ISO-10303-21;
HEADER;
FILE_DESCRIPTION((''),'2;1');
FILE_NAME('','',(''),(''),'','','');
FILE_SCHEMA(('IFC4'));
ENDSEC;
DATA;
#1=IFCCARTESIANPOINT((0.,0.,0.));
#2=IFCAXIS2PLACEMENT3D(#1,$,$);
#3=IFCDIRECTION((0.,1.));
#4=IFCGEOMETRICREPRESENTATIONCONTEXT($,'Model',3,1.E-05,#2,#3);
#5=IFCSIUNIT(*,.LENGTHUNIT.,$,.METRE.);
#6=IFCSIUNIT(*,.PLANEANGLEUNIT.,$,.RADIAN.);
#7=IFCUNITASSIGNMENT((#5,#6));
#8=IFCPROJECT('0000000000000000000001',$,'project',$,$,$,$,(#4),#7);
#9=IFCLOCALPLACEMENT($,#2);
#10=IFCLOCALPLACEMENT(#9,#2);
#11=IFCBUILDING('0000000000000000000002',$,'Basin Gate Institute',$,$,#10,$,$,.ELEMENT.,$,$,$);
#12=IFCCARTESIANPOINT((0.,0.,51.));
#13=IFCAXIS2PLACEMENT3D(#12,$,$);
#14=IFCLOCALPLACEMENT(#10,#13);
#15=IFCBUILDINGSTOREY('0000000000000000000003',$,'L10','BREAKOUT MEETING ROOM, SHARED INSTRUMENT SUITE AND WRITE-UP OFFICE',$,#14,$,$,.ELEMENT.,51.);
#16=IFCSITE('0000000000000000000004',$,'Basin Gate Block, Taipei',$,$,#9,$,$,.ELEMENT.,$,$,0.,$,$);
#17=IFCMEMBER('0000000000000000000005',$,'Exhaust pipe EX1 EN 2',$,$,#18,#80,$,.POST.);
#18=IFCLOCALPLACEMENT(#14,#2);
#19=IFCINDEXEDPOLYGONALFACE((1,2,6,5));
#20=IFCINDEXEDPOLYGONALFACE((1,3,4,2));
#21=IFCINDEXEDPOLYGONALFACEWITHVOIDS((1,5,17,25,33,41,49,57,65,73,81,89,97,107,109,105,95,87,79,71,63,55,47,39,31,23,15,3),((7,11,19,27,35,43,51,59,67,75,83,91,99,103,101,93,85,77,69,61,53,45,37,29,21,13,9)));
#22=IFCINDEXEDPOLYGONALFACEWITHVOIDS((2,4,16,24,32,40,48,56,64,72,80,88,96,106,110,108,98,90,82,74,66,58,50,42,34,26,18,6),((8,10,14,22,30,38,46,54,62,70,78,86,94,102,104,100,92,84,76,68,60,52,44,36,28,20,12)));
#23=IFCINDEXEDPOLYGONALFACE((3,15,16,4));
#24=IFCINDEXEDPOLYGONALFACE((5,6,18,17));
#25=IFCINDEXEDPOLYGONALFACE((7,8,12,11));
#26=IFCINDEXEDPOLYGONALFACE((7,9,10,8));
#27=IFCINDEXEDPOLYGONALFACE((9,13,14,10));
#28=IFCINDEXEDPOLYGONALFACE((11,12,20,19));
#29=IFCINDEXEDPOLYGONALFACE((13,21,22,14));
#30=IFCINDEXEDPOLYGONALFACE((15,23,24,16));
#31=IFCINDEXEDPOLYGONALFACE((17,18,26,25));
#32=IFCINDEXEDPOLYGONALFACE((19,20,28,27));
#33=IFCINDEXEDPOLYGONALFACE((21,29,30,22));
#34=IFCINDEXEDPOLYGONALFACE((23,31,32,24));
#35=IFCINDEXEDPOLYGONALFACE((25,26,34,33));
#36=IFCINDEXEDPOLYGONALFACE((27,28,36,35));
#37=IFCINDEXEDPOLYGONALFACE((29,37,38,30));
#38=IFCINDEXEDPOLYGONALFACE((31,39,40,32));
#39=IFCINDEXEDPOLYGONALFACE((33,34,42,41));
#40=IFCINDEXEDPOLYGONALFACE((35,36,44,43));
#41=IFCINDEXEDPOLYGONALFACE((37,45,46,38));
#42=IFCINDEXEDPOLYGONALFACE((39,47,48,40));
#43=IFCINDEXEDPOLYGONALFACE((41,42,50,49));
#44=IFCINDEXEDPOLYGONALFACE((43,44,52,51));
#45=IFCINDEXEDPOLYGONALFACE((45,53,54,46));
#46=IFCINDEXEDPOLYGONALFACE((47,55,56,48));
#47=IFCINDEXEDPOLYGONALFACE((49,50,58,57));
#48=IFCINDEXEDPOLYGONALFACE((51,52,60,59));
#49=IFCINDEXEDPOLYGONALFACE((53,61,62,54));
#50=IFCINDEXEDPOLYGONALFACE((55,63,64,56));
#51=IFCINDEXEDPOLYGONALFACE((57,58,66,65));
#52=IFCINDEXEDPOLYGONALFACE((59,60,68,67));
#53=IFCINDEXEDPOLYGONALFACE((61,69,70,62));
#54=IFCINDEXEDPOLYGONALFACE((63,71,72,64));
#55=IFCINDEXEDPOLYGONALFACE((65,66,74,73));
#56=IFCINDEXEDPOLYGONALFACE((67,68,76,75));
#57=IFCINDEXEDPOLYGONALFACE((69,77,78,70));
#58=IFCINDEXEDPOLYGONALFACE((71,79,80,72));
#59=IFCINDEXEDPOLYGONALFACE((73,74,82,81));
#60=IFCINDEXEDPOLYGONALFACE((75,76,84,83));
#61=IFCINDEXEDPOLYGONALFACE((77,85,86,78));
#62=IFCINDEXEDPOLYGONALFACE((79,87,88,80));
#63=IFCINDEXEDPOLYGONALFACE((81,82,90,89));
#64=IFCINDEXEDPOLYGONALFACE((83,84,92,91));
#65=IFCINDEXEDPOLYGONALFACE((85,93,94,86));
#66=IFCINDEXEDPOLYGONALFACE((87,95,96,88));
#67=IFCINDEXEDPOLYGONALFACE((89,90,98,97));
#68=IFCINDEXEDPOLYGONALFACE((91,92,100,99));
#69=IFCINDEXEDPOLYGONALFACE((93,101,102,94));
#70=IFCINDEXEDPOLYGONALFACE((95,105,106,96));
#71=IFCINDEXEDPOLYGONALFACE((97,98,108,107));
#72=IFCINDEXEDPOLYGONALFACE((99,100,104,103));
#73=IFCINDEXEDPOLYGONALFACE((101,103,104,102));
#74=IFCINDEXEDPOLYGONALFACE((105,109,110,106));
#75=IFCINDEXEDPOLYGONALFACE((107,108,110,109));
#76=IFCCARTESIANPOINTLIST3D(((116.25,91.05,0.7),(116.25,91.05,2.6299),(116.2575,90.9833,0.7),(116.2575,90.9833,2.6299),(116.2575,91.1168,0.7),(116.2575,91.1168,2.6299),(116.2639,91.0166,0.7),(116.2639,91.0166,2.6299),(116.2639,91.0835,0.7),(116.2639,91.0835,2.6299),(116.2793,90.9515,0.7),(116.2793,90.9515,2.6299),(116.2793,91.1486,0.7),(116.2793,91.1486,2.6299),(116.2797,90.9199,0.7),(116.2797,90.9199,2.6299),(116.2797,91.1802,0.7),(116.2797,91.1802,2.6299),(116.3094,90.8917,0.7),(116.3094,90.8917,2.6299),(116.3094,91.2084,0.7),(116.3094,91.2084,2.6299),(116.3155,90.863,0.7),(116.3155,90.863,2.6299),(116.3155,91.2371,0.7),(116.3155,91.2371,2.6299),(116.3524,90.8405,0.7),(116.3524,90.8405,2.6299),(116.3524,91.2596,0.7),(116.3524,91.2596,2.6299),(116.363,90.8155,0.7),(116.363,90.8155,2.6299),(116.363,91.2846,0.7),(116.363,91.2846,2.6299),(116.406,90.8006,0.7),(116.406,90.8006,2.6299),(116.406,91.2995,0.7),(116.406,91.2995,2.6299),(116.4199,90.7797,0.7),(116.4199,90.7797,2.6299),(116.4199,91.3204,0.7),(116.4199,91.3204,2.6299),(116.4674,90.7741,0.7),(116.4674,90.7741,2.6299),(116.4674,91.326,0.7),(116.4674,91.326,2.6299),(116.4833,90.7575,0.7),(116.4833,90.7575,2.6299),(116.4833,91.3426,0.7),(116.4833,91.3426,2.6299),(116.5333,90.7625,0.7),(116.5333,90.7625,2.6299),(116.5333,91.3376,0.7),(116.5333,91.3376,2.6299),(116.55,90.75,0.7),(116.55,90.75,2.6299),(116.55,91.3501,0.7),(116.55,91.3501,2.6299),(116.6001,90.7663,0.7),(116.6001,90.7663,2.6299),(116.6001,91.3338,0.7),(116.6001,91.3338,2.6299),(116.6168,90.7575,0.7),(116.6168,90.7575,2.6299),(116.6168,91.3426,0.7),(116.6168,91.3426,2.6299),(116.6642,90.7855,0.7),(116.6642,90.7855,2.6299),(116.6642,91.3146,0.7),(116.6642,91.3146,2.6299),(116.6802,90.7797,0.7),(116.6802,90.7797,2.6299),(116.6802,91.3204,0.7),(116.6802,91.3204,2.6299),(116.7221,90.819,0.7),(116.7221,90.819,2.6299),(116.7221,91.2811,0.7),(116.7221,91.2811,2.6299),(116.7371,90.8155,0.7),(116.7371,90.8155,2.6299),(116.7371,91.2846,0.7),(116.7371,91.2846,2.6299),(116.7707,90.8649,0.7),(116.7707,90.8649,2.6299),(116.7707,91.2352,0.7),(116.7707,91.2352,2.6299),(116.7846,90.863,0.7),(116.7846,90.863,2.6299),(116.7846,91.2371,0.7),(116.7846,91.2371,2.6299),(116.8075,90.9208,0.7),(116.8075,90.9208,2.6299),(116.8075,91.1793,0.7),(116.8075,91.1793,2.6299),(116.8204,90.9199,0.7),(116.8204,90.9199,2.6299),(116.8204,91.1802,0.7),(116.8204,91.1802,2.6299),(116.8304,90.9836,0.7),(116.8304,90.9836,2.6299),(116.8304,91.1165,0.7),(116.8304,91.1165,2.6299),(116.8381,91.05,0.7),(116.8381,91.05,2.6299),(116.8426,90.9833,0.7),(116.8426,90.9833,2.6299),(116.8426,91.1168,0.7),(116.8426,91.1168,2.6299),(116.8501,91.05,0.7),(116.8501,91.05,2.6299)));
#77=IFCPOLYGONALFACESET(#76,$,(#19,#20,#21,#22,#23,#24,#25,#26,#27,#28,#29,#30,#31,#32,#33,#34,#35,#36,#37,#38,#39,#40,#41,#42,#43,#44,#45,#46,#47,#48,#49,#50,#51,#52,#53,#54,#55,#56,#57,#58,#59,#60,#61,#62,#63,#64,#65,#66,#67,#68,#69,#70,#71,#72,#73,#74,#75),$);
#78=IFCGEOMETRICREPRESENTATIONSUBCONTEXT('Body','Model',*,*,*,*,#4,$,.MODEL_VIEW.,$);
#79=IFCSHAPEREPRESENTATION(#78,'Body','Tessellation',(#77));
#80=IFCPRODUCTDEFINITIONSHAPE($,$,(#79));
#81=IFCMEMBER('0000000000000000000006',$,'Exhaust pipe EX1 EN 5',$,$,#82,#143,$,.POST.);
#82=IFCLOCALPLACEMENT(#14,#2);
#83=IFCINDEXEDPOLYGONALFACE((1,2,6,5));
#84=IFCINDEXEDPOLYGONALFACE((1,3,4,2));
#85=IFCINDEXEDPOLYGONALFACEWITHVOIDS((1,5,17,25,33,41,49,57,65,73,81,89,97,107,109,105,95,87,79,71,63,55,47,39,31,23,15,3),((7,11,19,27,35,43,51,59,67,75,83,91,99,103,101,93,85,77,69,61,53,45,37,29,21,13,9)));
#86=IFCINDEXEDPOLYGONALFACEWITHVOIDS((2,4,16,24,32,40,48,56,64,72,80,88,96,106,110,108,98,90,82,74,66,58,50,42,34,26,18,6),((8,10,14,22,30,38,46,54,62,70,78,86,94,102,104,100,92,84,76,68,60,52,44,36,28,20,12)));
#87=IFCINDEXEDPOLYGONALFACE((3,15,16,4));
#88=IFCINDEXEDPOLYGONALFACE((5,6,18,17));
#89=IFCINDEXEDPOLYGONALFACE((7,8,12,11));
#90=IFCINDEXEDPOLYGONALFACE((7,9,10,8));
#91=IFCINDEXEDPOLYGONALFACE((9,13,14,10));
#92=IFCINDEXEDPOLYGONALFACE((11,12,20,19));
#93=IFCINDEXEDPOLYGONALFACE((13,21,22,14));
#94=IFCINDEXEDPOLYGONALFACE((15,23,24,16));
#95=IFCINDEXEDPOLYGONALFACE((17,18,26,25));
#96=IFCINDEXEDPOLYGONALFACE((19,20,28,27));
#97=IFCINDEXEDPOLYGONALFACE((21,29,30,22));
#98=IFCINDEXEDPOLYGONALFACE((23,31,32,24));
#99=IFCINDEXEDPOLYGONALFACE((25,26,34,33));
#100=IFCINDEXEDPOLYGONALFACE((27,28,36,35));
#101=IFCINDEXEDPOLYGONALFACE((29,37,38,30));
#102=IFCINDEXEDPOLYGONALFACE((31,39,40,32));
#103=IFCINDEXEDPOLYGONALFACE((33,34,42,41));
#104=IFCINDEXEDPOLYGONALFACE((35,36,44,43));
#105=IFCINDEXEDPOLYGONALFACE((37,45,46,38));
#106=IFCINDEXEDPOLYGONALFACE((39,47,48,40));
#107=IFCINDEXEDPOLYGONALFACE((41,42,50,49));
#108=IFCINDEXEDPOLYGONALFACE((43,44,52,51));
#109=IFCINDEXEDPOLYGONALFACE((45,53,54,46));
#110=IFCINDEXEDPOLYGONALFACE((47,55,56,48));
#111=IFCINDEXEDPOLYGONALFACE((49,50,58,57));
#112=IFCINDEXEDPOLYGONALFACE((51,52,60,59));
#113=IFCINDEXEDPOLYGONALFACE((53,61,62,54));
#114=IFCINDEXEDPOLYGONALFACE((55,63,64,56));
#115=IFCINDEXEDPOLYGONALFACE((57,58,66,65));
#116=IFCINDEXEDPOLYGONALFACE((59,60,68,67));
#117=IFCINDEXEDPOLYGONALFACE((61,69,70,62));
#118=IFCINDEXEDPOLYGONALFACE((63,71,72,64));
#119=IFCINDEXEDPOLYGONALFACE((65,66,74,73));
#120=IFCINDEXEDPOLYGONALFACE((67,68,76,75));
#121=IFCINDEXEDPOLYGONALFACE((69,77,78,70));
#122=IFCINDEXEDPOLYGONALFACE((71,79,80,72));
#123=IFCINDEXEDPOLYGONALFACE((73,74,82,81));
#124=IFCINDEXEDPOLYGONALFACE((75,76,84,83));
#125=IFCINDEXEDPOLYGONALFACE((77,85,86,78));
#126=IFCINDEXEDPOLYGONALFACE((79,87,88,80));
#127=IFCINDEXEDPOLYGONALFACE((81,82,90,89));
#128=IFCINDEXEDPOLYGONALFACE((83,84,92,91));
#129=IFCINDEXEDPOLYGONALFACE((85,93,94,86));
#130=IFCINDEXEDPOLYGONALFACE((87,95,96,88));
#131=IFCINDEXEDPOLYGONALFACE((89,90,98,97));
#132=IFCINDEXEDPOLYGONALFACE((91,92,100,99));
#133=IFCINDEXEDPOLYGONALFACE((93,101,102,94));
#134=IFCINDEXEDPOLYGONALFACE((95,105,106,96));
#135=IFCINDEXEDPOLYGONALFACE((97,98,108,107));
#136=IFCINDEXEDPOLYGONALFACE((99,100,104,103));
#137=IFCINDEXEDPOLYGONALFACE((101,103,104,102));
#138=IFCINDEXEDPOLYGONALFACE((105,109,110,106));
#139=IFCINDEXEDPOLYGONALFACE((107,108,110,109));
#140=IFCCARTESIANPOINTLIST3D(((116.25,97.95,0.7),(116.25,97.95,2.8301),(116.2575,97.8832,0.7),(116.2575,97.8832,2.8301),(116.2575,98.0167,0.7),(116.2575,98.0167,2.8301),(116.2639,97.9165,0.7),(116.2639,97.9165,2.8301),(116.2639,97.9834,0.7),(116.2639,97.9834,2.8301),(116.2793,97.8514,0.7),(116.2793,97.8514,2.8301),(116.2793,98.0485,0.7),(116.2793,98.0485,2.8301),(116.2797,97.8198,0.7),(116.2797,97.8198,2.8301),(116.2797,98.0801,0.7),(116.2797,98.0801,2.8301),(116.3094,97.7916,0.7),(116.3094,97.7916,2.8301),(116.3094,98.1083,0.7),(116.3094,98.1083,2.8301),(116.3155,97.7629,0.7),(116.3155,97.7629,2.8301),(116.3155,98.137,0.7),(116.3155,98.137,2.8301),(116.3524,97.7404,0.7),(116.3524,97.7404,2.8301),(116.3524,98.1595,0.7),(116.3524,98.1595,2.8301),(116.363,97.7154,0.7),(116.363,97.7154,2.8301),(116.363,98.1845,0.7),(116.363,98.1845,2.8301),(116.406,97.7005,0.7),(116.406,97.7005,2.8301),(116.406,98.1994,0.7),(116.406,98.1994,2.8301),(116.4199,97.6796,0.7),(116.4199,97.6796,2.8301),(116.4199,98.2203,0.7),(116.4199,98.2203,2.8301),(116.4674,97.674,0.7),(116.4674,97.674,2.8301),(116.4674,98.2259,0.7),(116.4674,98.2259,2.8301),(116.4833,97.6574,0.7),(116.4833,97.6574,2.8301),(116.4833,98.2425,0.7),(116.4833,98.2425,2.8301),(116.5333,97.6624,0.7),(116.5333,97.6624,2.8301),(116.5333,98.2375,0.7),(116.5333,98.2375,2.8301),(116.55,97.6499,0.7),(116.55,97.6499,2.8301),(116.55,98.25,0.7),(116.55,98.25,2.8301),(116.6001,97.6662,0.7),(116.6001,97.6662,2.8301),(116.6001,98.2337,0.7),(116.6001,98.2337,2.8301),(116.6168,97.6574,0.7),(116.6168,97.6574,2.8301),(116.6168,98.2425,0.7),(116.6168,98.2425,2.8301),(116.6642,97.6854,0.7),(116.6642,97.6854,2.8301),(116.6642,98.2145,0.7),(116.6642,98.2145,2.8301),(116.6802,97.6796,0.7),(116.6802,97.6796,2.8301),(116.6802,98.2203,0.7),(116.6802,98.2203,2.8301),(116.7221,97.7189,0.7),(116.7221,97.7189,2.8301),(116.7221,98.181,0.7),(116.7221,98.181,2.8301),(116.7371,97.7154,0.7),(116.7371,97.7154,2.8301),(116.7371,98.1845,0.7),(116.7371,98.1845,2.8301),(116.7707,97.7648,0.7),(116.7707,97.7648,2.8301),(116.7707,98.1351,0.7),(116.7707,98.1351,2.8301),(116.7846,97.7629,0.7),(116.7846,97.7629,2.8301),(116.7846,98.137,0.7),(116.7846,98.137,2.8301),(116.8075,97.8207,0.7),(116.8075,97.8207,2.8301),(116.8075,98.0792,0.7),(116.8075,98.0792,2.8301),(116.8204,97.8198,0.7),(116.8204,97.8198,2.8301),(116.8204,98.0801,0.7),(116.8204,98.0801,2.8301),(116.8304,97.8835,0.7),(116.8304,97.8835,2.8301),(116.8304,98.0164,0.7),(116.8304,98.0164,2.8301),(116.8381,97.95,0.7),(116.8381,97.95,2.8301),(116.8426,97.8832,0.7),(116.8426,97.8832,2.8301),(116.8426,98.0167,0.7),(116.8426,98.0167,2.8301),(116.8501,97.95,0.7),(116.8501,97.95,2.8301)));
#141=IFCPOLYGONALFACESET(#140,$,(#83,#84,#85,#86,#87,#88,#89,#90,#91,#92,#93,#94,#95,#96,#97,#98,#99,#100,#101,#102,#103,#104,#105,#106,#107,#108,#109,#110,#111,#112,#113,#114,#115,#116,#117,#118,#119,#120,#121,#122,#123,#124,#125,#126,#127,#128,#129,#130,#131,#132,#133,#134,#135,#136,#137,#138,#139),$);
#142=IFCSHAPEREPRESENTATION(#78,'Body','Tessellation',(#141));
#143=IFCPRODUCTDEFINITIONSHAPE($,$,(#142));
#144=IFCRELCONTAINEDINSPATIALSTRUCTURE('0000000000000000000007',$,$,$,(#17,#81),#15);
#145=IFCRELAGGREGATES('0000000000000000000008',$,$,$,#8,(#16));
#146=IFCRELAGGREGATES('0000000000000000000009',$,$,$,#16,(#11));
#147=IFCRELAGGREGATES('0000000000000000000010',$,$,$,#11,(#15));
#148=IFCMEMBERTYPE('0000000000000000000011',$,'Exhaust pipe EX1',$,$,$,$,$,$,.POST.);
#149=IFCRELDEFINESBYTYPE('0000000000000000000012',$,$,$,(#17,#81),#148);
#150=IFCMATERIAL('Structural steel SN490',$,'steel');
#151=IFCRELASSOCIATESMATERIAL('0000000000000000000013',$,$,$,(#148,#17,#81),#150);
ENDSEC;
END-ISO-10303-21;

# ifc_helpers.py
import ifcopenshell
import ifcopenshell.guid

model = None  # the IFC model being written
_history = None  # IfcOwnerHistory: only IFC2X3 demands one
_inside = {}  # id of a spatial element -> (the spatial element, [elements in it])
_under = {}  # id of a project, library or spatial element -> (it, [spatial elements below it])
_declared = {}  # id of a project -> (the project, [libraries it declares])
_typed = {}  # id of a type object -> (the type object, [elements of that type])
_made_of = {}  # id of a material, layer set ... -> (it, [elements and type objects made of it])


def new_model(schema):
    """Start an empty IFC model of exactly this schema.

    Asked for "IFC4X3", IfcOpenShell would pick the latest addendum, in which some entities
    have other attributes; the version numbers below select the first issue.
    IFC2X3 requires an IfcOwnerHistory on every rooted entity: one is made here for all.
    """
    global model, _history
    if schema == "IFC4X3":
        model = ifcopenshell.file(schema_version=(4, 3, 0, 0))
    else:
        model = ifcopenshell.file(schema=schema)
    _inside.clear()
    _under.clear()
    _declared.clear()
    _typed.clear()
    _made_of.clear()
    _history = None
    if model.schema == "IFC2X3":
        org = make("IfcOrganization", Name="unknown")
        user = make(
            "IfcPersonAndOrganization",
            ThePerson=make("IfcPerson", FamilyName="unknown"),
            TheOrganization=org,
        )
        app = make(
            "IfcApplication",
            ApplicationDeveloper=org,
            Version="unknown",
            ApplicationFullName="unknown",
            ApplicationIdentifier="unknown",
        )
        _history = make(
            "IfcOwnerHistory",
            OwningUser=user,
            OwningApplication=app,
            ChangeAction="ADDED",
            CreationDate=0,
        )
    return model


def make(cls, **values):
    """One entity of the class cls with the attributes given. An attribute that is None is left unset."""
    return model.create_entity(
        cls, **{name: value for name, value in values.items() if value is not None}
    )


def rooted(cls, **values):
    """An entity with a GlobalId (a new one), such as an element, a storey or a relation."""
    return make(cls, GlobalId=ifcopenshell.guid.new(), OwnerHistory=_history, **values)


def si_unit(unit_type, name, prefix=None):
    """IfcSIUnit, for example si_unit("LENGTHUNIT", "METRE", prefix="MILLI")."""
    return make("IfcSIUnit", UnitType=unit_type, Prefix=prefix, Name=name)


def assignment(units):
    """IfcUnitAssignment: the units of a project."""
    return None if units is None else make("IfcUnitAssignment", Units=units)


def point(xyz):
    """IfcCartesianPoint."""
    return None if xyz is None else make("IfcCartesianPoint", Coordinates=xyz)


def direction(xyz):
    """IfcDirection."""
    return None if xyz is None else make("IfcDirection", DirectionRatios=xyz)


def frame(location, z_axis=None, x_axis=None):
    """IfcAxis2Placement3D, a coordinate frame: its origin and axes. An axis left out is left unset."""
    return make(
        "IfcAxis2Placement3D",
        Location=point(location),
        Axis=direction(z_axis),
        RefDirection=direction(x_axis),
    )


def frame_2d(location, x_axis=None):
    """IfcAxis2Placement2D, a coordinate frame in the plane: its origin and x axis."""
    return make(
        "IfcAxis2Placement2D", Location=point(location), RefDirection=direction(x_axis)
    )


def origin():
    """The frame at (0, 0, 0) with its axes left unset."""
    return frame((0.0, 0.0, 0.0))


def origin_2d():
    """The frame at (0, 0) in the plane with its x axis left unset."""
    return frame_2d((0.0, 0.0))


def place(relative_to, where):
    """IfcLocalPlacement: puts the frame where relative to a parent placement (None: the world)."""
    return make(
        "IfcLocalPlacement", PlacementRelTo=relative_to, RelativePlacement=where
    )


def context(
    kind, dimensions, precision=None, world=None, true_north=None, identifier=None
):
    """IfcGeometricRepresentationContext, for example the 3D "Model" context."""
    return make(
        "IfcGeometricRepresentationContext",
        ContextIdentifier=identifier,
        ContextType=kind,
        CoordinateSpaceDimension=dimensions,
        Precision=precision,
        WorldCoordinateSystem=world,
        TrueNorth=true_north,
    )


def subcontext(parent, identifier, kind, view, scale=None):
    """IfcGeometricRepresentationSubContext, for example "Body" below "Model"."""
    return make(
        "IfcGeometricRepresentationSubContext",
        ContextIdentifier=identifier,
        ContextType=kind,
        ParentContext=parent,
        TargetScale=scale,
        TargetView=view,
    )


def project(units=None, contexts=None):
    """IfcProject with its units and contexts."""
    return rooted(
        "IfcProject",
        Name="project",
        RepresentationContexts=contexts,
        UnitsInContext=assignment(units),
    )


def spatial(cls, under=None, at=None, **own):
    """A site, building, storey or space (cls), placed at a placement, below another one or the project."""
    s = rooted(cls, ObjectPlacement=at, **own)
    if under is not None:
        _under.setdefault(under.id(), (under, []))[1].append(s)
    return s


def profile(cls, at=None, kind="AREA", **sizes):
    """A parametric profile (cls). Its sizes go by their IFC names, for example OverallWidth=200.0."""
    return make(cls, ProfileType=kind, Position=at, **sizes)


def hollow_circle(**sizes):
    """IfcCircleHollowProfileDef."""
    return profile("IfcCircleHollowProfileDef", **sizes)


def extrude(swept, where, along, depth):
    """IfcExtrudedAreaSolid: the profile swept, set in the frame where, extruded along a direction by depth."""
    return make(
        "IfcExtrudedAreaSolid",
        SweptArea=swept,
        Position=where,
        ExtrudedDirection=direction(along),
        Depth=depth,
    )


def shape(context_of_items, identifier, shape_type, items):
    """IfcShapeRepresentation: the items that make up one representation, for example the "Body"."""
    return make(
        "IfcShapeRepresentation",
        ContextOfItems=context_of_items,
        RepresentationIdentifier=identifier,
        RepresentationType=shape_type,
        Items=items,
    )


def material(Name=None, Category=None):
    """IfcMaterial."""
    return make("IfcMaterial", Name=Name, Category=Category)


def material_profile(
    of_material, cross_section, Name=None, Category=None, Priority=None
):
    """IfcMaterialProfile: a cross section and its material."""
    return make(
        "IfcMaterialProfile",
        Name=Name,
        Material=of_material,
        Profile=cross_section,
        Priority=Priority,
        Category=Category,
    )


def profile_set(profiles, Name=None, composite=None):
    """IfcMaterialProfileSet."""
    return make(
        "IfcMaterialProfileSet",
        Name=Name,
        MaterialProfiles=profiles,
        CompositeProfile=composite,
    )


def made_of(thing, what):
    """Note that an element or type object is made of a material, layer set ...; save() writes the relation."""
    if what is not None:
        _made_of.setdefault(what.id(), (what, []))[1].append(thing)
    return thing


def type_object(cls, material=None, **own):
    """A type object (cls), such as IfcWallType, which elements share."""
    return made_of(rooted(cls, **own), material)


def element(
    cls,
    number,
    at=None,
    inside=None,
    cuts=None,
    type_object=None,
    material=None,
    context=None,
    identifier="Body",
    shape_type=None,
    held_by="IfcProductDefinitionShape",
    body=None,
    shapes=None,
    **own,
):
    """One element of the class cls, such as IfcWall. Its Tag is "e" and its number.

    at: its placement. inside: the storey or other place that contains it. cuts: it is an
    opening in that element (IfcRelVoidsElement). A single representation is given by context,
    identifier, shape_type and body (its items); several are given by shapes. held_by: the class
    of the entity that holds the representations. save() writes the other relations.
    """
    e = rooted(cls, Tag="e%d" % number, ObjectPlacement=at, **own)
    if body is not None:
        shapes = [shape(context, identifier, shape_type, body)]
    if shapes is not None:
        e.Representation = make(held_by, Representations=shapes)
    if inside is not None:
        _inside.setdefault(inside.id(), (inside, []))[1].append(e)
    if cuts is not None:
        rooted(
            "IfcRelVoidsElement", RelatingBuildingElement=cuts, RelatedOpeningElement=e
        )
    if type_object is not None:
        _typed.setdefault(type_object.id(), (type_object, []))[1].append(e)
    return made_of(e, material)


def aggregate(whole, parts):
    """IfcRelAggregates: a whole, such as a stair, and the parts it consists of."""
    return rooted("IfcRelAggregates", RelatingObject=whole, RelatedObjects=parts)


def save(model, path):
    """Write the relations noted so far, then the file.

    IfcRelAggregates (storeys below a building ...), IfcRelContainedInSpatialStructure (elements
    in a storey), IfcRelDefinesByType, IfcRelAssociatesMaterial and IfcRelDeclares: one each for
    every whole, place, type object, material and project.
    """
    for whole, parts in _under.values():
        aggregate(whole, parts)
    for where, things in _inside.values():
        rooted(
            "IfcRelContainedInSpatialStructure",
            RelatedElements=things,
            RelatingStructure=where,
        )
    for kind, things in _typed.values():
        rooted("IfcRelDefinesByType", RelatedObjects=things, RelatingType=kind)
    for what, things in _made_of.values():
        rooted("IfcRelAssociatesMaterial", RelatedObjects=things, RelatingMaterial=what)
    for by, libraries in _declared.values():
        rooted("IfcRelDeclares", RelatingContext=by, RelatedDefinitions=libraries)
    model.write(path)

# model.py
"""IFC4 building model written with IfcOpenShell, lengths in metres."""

from ifc_helpers import new_model, si_unit, direction, frame, origin, origin_2d, place, context, subcontext, project, spatial, hollow_circle, extrude, material, material_profile, profile_set, type_object, element, save


model = new_model("IFC4")

# Units and contexts
model_context = context("Model", 3, precision=1e-05, world=origin(), true_north=direction((0.0, 1.0)))
body_context = subcontext(model_context, "Body", "Model", "MODEL_VIEW")
ifc_project = project(units=[si_unit("LENGTHUNIT", "METRE"), si_unit("PLANEANGLEUNIT", "RADIAN")], contexts=[model_context])

# Site, building, storey
site_placement = place(None, origin())
site = spatial("IfcSite", under=ifc_project, at=site_placement, Name="Basin Gate Block, Taipei", CompositionType="ELEMENT", RefElevation=0.0)
building_placement = place(site_placement, origin())
building = spatial("IfcBuilding", under=site, at=building_placement, Name="Basin Gate Institute", CompositionType="ELEMENT")
storey_placement = place(building_placement, frame((0.0, 0.0, 51.0)))
storey = spatial("IfcBuildingStorey", under=building, at=storey_placement, Name="L10", Description="BREAKOUT MEETING ROOM, SHARED INSTRUMENT SUITE AND WRITE-UP OFFICE", CompositionType="ELEMENT", Elevation=51.0)

# Members
ifc_material_1 = material(Name="Structural steel SN490", Category="steel")
ifc_material_profile_1 = material_profile(ifc_material_1, hollow_circle(Radius=0.3, WallThickness=0.012, at=origin_2d()), Name="CHS600x12")
ifc_profile_set_1 = profile_set([ifc_material_profile_1], Name="Structural steel SN490")
member_type_1 = type_object("IfcMemberType", Name="Exhaust pipe EX1", PredefinedType="POST", material=ifc_profile_set_1)
member_1_placement = place(storey_placement, frame((116.55, 91.05, 0.7), z_axis=(0.0, 0.0, 1.0), x_axis=(1.0, 0.0, 0.0)))
element("IfcMember", 1, at=member_1_placement, inside=storey, type_object=member_type_1, material=ifc_profile_set_1, Name="Exhaust pipe EX1 EN 2", PredefinedType="POST", context=body_context, shape_type="SweptSolid", body=[
    extrude(hollow_circle(Radius=0.3, WallThickness=0.012, at=origin_2d()), origin(), (0.0, 0.0, 1.0), 1.9299),
])
member_2_placement = place(storey_placement, frame((116.55, 97.95, 0.7), z_axis=(0.0, 0.0, 1.0), x_axis=(1.0, 0.0, 0.0)))
element("IfcMember", 2, at=member_2_placement, inside=storey, type_object=member_type_1, material=ifc_profile_set_1, Name="Exhaust pipe EX1 EN 5", PredefinedType="POST", context=body_context, shape_type="SweptSolid", body=[
    extrude(hollow_circle(Radius=0.3, WallThickness=0.012, at=origin_2d()), origin(), (0.0, 0.0, 1.0), 2.1301),
])

save(model, "model.ifc")
